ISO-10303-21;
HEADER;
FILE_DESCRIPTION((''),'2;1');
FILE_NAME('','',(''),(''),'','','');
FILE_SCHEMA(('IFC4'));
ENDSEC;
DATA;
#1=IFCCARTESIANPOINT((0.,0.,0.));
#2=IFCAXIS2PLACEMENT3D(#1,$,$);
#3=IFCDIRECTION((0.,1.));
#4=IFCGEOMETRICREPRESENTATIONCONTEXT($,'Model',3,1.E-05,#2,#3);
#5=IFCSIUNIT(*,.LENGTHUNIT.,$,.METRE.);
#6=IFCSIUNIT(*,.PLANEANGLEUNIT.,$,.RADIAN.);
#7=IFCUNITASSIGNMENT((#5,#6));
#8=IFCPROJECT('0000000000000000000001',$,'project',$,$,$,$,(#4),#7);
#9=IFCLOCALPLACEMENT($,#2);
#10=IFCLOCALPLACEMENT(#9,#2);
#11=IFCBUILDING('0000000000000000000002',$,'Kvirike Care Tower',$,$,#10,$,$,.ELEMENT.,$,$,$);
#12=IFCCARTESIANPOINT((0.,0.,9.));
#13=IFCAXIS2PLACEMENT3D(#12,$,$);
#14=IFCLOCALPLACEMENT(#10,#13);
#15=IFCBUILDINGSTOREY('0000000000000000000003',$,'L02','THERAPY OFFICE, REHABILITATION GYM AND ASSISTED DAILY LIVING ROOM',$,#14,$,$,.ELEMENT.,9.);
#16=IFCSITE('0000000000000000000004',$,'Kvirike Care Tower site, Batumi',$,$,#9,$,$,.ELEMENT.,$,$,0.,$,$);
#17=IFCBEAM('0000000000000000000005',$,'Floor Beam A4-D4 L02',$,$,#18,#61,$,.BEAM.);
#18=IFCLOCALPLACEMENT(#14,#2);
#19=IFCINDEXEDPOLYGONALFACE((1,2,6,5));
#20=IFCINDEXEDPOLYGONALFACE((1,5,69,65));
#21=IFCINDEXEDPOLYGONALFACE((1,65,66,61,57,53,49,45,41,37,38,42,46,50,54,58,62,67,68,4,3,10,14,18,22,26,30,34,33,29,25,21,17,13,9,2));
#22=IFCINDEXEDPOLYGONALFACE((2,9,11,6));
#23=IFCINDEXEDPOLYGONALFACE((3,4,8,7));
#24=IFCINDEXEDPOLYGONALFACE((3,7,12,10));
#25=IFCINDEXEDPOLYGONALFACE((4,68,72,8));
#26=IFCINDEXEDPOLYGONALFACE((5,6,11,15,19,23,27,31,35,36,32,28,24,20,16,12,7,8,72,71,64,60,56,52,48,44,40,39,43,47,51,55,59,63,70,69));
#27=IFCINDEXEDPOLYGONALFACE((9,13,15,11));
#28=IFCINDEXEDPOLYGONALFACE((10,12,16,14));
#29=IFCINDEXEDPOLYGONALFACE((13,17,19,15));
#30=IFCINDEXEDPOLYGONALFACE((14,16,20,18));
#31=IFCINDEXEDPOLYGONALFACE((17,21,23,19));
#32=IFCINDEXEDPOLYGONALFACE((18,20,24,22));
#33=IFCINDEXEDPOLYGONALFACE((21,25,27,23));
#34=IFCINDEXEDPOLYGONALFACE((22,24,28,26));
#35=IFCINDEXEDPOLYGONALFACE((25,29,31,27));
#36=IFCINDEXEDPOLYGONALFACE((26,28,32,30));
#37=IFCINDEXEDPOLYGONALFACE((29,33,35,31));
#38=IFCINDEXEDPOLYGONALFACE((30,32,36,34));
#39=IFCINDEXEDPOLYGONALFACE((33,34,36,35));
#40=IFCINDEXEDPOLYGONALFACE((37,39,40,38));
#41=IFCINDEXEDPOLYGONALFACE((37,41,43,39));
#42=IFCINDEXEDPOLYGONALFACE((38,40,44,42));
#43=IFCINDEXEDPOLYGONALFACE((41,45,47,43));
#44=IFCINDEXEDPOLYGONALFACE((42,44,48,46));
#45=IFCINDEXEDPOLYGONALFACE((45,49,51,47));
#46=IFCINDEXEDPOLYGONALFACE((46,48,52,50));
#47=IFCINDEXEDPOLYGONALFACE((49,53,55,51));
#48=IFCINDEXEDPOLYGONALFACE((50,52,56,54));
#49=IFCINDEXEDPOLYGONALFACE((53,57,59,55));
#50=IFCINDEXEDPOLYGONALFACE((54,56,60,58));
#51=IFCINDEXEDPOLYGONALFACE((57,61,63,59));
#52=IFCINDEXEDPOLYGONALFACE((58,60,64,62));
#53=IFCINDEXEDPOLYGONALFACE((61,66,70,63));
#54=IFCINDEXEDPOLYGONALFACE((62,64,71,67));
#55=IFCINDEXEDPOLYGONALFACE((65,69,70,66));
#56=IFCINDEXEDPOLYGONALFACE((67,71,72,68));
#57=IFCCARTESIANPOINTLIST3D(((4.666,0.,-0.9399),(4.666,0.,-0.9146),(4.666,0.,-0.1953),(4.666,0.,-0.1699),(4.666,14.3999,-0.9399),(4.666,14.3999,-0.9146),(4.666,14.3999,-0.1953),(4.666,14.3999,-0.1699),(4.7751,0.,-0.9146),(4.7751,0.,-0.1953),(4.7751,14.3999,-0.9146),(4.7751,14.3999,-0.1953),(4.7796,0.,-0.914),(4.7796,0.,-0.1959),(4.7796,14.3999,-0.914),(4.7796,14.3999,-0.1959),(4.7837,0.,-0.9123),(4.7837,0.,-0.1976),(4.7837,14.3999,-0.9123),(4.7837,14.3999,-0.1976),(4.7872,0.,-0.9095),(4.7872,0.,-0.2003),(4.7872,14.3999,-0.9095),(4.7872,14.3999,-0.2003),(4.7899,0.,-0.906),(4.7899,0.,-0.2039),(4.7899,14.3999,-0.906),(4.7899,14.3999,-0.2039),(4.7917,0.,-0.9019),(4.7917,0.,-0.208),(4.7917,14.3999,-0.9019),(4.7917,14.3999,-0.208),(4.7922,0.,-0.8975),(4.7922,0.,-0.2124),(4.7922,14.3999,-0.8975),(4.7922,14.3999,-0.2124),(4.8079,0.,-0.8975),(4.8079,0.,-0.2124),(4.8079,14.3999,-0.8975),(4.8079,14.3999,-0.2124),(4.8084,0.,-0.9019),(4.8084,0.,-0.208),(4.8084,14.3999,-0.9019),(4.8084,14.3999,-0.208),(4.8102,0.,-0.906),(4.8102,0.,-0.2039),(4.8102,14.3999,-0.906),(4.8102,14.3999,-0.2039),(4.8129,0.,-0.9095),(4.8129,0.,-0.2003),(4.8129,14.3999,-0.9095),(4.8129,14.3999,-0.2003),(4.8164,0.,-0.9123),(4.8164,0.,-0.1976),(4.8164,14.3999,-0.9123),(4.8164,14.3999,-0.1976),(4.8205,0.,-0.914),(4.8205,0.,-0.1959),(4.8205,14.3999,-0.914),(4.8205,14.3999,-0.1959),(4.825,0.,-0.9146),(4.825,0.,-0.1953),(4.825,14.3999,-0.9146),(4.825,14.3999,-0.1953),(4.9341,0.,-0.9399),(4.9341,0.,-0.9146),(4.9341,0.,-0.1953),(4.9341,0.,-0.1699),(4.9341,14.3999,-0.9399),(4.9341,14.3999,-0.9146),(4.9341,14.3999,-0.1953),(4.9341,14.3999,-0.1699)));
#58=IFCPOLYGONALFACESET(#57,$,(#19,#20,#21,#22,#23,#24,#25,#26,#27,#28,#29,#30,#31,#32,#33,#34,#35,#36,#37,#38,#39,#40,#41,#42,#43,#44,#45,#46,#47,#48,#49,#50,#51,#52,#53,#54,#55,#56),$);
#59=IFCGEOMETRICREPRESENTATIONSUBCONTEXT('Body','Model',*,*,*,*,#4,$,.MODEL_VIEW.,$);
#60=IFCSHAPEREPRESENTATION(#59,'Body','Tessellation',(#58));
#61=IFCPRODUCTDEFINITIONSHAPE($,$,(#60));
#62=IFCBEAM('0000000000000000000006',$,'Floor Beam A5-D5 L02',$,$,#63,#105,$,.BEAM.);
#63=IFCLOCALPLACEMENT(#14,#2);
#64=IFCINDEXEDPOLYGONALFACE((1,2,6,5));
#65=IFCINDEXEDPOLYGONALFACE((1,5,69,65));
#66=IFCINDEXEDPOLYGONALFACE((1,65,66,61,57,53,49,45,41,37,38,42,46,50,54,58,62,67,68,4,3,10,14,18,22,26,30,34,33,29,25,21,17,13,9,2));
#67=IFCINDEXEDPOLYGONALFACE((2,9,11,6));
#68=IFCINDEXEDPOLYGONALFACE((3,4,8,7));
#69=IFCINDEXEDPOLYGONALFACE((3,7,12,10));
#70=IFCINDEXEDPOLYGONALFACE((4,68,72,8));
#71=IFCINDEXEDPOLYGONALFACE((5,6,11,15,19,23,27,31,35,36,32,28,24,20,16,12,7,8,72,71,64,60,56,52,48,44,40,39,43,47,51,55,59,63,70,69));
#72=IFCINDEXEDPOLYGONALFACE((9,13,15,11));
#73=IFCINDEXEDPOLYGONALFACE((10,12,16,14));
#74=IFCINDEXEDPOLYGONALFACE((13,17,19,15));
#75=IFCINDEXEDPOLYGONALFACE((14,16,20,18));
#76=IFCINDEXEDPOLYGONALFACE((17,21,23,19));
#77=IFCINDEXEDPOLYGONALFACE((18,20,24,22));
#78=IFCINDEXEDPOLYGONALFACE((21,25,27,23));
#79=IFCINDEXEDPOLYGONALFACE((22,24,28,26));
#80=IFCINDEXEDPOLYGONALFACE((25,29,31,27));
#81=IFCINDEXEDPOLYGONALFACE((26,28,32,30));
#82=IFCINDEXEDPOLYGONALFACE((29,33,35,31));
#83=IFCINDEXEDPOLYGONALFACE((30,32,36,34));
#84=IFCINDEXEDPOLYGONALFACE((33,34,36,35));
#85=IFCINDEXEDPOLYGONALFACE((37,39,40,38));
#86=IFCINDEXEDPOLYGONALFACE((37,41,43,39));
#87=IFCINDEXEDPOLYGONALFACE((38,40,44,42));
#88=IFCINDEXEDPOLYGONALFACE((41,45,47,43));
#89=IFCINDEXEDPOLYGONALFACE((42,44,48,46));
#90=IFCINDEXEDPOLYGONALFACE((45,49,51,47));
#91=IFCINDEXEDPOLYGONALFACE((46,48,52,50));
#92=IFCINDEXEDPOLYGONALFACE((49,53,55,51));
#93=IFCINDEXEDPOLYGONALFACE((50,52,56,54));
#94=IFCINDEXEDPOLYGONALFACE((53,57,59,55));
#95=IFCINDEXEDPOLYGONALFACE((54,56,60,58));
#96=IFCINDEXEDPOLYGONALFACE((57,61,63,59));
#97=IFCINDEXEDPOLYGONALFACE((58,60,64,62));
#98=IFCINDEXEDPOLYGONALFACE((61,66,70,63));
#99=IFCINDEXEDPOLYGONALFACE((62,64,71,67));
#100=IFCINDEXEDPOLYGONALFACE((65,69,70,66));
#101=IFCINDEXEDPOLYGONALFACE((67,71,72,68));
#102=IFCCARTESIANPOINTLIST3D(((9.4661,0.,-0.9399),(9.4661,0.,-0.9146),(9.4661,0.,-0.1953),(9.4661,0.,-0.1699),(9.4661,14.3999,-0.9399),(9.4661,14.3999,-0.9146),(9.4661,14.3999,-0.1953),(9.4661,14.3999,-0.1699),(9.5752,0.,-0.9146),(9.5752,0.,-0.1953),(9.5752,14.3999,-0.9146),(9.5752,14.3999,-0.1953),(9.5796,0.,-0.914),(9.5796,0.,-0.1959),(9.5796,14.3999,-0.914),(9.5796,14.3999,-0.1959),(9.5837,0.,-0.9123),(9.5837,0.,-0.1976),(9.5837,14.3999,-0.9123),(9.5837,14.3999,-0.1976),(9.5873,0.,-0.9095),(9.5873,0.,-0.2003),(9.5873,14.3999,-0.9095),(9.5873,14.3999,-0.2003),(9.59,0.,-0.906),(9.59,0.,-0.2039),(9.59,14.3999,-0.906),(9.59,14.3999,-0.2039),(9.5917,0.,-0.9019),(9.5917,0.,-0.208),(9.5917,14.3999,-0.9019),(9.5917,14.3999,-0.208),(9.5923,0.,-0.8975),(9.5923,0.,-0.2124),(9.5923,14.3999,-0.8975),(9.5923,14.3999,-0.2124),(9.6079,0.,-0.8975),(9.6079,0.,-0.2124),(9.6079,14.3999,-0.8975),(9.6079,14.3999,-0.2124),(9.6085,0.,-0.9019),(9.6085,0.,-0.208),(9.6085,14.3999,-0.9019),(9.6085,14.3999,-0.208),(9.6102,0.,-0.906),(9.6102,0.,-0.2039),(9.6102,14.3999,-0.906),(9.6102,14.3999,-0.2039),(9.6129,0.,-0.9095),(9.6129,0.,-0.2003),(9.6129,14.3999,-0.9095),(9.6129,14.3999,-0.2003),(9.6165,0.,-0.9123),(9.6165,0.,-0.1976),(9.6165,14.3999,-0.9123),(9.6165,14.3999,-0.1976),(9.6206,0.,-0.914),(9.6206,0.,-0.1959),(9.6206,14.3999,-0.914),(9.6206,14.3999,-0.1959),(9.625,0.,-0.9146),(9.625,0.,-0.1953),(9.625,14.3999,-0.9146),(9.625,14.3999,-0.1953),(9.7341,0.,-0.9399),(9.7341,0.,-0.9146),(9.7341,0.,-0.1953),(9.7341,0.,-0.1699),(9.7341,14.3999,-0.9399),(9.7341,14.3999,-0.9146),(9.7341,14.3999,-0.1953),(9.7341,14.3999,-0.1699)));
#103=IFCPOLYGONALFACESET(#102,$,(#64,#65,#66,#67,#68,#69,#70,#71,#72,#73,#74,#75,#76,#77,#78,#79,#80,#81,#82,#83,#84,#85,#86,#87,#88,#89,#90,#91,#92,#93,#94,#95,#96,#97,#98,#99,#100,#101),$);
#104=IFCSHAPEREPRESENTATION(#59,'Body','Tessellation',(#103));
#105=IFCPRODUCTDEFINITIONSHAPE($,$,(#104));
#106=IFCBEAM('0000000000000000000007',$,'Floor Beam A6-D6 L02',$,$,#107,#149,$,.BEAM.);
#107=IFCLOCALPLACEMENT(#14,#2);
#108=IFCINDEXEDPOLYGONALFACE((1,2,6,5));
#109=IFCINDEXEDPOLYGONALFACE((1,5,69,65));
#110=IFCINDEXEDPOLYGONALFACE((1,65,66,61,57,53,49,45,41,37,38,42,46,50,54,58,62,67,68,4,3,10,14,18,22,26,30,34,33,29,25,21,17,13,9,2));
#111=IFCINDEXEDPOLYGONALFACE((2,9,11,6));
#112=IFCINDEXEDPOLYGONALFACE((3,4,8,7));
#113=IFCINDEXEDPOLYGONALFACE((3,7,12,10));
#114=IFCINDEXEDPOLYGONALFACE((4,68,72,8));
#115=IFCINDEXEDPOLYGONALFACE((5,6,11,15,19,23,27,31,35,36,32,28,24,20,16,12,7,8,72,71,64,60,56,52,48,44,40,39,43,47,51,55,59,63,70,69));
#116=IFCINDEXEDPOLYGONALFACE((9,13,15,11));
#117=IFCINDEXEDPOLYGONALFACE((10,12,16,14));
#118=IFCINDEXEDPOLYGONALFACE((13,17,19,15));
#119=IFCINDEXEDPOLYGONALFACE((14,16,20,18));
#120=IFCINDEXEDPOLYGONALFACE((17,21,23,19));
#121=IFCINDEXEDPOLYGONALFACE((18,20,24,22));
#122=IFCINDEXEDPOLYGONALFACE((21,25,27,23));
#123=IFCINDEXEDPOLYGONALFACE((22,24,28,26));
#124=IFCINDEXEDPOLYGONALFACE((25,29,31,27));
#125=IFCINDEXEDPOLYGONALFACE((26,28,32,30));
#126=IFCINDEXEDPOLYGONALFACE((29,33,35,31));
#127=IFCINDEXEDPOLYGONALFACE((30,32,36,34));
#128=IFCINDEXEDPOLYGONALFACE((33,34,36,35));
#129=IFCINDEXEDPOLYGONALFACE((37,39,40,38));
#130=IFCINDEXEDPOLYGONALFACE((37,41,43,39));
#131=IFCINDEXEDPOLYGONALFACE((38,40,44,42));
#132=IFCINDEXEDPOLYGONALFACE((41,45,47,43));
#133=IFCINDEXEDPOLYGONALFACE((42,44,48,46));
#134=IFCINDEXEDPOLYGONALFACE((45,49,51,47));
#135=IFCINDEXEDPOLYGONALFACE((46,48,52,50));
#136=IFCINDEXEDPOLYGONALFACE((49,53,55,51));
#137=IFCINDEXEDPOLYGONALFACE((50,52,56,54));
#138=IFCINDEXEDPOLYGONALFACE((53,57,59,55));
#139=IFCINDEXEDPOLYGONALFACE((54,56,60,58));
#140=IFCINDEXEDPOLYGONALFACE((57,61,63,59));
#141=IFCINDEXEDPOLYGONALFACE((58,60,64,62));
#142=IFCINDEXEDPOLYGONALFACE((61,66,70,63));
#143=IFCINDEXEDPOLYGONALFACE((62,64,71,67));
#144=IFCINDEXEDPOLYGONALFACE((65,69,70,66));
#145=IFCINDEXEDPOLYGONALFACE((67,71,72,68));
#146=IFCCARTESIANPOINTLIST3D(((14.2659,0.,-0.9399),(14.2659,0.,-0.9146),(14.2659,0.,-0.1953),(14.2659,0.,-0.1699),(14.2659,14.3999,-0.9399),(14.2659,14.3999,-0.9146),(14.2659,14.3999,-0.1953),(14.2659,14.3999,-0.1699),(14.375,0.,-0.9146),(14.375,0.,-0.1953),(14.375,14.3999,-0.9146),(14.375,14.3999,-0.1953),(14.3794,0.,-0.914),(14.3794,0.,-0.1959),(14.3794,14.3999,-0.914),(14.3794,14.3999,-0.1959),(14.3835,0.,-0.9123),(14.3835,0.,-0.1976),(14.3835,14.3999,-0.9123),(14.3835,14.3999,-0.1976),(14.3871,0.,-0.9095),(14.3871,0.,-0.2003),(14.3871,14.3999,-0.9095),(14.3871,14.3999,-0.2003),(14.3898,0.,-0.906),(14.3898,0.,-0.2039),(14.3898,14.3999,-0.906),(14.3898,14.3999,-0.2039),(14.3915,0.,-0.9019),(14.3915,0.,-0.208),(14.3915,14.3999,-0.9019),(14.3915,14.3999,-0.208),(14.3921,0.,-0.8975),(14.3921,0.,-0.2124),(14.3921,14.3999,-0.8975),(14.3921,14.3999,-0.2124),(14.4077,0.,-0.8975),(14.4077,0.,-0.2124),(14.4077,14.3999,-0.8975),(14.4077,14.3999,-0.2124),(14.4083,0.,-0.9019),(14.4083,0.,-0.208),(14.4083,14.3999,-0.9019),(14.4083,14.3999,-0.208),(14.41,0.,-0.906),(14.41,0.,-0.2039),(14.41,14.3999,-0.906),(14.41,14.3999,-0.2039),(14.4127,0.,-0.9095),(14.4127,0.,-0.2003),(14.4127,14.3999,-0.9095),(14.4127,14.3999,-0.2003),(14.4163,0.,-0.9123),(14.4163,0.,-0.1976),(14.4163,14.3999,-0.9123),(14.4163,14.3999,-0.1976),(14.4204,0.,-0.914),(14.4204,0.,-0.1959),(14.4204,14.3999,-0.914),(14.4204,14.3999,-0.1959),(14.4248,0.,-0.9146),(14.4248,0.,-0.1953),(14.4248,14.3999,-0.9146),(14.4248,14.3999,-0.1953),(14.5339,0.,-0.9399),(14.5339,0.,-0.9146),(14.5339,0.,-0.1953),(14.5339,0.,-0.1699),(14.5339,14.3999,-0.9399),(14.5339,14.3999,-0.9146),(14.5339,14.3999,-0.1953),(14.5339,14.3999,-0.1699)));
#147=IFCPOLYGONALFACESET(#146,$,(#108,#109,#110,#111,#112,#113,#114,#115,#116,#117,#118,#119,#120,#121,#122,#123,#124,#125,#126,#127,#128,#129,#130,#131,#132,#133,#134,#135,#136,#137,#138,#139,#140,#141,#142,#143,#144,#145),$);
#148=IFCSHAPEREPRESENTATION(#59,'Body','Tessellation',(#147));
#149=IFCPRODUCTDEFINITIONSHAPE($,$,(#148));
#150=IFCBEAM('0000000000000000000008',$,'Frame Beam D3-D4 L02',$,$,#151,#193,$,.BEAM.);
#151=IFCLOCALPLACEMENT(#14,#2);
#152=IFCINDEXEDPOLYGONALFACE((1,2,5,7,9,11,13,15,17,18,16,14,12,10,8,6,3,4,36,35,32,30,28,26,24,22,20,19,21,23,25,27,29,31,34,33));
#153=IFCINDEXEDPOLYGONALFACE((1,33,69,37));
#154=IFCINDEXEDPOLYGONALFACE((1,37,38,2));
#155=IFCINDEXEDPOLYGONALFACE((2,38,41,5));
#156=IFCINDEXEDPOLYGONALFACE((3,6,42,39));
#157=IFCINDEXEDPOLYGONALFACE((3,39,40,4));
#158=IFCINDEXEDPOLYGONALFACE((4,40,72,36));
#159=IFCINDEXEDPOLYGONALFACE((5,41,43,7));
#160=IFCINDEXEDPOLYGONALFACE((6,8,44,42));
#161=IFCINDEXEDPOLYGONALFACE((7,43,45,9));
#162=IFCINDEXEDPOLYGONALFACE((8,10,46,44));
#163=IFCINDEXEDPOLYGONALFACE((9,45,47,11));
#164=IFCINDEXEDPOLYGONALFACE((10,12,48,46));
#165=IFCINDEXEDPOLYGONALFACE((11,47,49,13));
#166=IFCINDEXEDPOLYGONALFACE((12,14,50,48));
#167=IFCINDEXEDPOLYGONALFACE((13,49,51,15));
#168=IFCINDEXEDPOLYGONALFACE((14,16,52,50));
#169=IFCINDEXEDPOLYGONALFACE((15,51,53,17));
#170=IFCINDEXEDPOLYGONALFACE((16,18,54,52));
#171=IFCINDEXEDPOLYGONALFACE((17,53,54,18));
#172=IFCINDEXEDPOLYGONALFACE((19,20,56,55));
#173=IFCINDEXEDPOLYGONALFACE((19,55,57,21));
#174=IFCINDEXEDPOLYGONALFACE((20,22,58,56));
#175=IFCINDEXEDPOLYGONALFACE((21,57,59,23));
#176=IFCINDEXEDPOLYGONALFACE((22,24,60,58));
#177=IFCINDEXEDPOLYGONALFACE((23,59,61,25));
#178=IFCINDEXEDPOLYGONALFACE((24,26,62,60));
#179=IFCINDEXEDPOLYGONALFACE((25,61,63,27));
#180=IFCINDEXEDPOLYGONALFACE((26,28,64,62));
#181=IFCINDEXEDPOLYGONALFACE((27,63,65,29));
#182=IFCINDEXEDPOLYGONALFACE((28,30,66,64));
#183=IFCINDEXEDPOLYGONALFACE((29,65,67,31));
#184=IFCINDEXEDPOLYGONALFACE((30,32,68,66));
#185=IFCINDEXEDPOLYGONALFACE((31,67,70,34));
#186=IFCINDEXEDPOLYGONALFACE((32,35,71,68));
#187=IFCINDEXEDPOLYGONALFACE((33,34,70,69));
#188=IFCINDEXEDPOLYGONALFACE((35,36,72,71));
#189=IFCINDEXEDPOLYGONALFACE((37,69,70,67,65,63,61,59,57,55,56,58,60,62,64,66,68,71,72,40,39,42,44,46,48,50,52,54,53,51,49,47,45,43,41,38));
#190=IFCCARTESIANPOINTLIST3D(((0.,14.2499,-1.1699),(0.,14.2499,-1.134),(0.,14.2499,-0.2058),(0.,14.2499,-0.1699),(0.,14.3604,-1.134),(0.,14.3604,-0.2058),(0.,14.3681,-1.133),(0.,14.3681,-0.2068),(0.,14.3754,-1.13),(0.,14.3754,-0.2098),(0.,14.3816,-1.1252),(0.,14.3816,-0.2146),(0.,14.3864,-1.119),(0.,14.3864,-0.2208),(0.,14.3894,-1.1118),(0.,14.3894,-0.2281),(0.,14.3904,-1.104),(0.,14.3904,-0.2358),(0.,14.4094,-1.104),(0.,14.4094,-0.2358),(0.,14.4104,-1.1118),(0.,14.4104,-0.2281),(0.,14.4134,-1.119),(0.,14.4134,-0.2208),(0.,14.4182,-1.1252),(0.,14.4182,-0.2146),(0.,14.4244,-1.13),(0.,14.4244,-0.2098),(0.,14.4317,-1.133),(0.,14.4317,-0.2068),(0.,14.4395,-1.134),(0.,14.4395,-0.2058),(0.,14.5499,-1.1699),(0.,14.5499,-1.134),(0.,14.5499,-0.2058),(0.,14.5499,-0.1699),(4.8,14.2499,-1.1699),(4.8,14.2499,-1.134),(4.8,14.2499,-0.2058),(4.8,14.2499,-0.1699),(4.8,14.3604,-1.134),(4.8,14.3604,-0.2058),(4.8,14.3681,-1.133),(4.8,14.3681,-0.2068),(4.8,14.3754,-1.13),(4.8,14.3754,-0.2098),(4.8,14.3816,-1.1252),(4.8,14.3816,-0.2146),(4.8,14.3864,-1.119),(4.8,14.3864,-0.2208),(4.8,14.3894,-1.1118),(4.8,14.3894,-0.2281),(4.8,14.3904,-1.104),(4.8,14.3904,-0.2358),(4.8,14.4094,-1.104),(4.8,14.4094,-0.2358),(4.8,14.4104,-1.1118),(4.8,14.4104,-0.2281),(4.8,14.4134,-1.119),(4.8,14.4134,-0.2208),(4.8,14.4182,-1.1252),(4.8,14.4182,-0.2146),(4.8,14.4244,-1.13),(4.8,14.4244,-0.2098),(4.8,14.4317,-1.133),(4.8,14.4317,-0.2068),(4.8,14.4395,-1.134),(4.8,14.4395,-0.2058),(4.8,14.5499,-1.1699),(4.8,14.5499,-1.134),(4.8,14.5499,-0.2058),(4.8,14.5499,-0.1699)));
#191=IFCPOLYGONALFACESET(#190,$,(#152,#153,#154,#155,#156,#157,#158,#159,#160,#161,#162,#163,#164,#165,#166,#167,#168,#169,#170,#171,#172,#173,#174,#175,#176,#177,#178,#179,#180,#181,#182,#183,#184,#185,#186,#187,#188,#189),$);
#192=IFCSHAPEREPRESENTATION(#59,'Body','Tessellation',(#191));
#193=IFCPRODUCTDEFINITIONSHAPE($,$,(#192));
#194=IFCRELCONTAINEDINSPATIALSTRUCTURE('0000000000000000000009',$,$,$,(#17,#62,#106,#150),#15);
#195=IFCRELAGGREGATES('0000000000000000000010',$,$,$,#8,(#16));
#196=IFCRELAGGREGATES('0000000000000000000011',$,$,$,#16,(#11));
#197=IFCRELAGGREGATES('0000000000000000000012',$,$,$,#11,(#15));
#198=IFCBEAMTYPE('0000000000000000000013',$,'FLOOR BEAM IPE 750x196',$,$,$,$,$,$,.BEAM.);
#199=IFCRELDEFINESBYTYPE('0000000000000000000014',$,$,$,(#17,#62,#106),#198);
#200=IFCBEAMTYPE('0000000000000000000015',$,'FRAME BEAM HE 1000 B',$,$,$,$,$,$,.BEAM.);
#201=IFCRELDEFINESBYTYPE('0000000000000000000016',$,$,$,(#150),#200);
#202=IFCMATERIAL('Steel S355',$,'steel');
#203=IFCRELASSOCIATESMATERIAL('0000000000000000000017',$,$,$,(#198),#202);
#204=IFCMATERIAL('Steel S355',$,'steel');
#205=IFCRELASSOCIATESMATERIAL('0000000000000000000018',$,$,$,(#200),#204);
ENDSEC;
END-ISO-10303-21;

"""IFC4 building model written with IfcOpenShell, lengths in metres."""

from ifc_helpers import new_model, si_unit, direction, frame, origin, origin_2d, place, context, subcontext, project, spatial, i_section, extrude, material, material_profile, profile_set, type_object, element, save


model = new_model("IFC4")

# Units and contexts
model_context = context("Model", 3, precision=1e-05, world=origin(), true_north=direction((0.0, 1.0)))
body_context = subcontext(model_context, "Body", "Model", "MODEL_VIEW")
ifc_project = project(units=[si_unit("LENGTHUNIT", "METRE"), si_unit("PLANEANGLEUNIT", "RADIAN")], contexts=[model_context])

# Site, building, storey
site_placement = place(None, origin())
site = spatial("IfcSite", under=ifc_project, at=site_placement, Name="Kvirike Care Tower site, Batumi", CompositionType="ELEMENT", RefElevation=0.0)
building_placement = place(site_placement, origin())
building = spatial("IfcBuilding", under=site, at=building_placement, Name="Kvirike Care Tower", CompositionType="ELEMENT")
storey_placement = place(building_placement, frame((0.0, 0.0, 9.0)))
storey = spatial("IfcBuildingStorey", under=building, at=storey_placement, Name="L02", Description="THERAPY OFFICE, REHABILITATION GYM AND ASSISTED DAILY LIVING ROOM", CompositionType="ELEMENT", Elevation=9.0)

# Beams
ifc_material_1 = material(Name="Steel S355", Category="steel")
ifc_material_profile_1 = material_profile(ifc_material_1, i_section(OverallWidth=0.2681, OverallDepth=0.77, WebThickness=0.0156, FlangeThickness=0.0254, FilletRadius=0.0171, at=origin_2d()), Name="IPE 750x196")
ifc_profile_set_1 = profile_set([ifc_material_profile_1], Name="Steel S355")
beam_type_1 = type_object("IfcBeamType", Name="FLOOR BEAM IPE 750x196", PredefinedType="BEAM", material=ifc_profile_set_1)
for number, where, z_axis, x_axis, name in (
    (1, (4.8, 0.0, -0.5549), (0.0, 1.0, 0.0), (-1.0, 0.0, 0.0), "Floor Beam A4-D4 L02"),
    (2, (9.6001, 0.0, -0.5549), (0.0, 1.0, 0.0), (-1.0, 0.0, 0.0), "Floor Beam A5-D5 L02"),
    (3, (14.3999, 0.0, -0.5549), (0.0, 1.0, 0.0), (-1.0, 0.0, 0.0), "Floor Beam A6-D6 L02"),
):
    element("IfcBeam", number, at=place(storey_placement, frame(where, z_axis=z_axis, x_axis=x_axis)), inside=storey, type_object=beam_type_1, Name=name, PredefinedType="BEAM", context=body_context, shape_type="SweptSolid", body=[
        extrude(i_section(OverallWidth=0.2681, OverallDepth=0.77, WebThickness=0.0156, FlangeThickness=0.0254, FilletRadius=0.0171, at=origin_2d()), origin(), (0.0, 0.0, 1.0), 14.3999),
    ])
ifc_material_2 = material(Name="Steel S355", Category="steel")
ifc_material_profile_2 = material_profile(ifc_material_2, i_section(OverallWidth=0.3, OverallDepth=1.0, WebThickness=0.019, FlangeThickness=0.0359, FilletRadius=0.03, at=origin_2d()), Name="HE 1000 B")
ifc_profile_set_2 = profile_set([ifc_material_profile_2], Name="Steel S355")
beam_type_2 = type_object("IfcBeamType", Name="FRAME BEAM HE 1000 B", PredefinedType="BEAM", material=ifc_profile_set_2)
for number, where, z_axis, x_axis, name in (
    (4, (0.0, 14.3999, -0.6699), (1.0, 0.0, 0.0), (0.0, 1.0, 0.0), "Frame Beam D3-D4 L02"),
):
    element("IfcBeam", number, at=place(storey_placement, frame(where, z_axis=z_axis, x_axis=x_axis)), inside=storey, type_object=beam_type_2, Name=name, PredefinedType="BEAM", context=body_context, shape_type="SweptSolid", body=[
        extrude(i_section(OverallWidth=0.3, OverallDepth=1.0, WebThickness=0.019, FlangeThickness=0.0359, FilletRadius=0.03, at=origin_2d()), origin(), (0.0, 0.0, 1.0), 4.8),
    ])

save(model, "model.ifc")
